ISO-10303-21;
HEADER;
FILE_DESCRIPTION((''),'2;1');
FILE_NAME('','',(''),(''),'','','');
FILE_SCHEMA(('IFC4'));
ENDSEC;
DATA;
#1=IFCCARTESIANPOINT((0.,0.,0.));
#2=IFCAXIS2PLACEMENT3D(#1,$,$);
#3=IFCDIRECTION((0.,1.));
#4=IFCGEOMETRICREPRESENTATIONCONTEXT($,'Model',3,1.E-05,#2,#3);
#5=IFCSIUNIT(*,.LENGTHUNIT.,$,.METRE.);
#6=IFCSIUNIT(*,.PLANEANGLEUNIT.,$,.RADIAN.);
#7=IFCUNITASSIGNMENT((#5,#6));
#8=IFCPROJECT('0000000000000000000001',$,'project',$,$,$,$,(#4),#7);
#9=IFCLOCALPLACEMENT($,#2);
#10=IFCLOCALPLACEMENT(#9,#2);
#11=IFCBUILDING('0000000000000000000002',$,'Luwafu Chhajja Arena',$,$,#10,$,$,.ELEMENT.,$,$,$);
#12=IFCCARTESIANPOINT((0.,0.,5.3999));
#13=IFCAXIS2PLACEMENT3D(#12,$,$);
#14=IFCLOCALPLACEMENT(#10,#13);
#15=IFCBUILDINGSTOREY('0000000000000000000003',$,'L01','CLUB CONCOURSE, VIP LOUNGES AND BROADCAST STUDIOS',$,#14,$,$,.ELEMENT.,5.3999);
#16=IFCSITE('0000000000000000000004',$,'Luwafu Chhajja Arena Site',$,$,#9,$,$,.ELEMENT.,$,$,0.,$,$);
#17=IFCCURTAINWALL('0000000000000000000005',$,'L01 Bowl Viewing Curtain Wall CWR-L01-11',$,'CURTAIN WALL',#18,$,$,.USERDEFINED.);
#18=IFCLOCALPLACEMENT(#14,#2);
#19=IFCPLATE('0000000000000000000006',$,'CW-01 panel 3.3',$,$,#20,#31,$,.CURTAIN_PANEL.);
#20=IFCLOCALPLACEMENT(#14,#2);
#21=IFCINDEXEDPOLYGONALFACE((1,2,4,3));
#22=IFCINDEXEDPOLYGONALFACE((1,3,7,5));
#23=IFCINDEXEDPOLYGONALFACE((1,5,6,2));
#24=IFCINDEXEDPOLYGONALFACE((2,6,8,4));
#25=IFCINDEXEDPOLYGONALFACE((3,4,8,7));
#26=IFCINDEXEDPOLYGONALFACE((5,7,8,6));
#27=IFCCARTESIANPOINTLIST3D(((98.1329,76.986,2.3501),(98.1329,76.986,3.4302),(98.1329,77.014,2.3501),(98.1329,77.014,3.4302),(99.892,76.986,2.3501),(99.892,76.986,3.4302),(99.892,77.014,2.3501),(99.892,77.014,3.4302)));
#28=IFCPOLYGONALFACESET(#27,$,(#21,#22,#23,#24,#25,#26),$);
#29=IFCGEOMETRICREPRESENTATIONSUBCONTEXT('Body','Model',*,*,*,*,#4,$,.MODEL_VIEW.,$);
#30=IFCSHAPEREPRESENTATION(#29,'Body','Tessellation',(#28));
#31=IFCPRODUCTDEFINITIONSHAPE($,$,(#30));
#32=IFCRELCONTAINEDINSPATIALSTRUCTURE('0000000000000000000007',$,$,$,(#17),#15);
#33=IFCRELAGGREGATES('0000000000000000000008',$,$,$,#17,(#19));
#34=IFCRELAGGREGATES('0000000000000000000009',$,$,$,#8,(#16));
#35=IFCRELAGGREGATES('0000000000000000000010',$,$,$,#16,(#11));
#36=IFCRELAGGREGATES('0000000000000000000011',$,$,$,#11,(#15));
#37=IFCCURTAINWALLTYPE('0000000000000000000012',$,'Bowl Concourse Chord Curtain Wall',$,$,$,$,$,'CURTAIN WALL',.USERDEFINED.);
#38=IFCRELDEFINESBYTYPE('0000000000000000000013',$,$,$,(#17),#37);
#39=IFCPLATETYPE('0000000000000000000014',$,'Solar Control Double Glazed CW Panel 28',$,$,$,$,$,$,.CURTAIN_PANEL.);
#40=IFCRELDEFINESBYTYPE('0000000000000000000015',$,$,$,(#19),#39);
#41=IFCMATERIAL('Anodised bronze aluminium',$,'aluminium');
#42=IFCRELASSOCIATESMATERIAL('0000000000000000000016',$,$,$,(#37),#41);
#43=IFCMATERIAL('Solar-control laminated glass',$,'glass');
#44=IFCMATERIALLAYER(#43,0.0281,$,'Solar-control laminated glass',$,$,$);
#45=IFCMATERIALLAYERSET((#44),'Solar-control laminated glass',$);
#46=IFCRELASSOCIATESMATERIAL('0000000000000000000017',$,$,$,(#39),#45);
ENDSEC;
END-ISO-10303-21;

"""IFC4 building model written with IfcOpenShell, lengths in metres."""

from ifc_helpers import new_model, si_unit, direction, frame, origin, origin_2d, place, context, subcontext, project, spatial, rectangle, extrude, material, layer, layer_set, type_object, element, aggregate, save


model = new_model("IFC4")

# Units and contexts
model_context = context("Model", 3, precision=1e-05, world=origin(), true_north=direction((0.0, 1.0)))
body_context = subcontext(model_context, "Body", "Model", "MODEL_VIEW")
ifc_project = project(units=[si_unit("LENGTHUNIT", "METRE"), si_unit("PLANEANGLEUNIT", "RADIAN")], contexts=[model_context])

# Site, building, storey
site_placement = place(None, origin())
site = spatial("IfcSite", under=ifc_project, at=site_placement, Name="Luwafu Chhajja Arena Site", CompositionType="ELEMENT", RefElevation=0.0)
building_placement = place(site_placement, origin())
building = spatial("IfcBuilding", under=site, at=building_placement, Name="Luwafu Chhajja Arena", CompositionType="ELEMENT")
storey_placement = place(building_placement, frame((0.0, 0.0, 5.3999)))
storey = spatial("IfcBuildingStorey", under=building, at=storey_placement, Name="L01", Description="CLUB CONCOURSE, VIP LOUNGES AND BROADCAST STUDIOS", CompositionType="ELEMENT", Elevation=5.3999)

# Curtain wall
ifc_material_1 = material(Name="Anodised bronze aluminium", Category="aluminium")
curtain_wall_type = type_object("IfcCurtainWallType", Name="Bowl Concourse Chord Curtain Wall", ElementType="CURTAIN WALL", PredefinedType="USERDEFINED", material=ifc_material_1)
curtain_wall_placement = place(storey_placement, origin())
curtain_wall = element("IfcCurtainWall", 1, at=curtain_wall_placement, inside=storey, type_object=curtain_wall_type, Name="L01 Bowl Viewing Curtain Wall CWR-L01-11", ObjectType="CURTAIN WALL", PredefinedType="USERDEFINED")

# Plate
ifc_material_2 = material(Name="Solar-control laminated glass", Category="glass")
ifc_layer = layer(ifc_material_2, 0.0281, Name="Solar-control laminated glass")
ifc_layer_set = layer_set([ifc_layer], Name="Solar-control laminated glass")
plate_type = type_object("IfcPlateType", Name="Solar Control Double Glazed CW Panel 28", PredefinedType="CURTAIN_PANEL", material=ifc_layer_set)
plate_1_placement = place(storey_placement, frame((99.0125, 77.0, 2.3501), z_axis=(0.0, 0.0, 1.0), x_axis=(1.0, 0.0, 0.0)))
plate_1 = element("IfcPlate", 2, at=plate_1_placement, type_object=plate_type, Name="CW-01 panel 3.3", PredefinedType="CURTAIN_PANEL", context=body_context, shape_type="SweptSolid", body=[
    extrude(rectangle(XDim=1.759, YDim=0.0281, at=origin_2d()), origin(), (0.0, 0.0, 1.0), 1.0801),
])
aggregate(curtain_wall, [plate_1])

save(model, "model.ifc")
